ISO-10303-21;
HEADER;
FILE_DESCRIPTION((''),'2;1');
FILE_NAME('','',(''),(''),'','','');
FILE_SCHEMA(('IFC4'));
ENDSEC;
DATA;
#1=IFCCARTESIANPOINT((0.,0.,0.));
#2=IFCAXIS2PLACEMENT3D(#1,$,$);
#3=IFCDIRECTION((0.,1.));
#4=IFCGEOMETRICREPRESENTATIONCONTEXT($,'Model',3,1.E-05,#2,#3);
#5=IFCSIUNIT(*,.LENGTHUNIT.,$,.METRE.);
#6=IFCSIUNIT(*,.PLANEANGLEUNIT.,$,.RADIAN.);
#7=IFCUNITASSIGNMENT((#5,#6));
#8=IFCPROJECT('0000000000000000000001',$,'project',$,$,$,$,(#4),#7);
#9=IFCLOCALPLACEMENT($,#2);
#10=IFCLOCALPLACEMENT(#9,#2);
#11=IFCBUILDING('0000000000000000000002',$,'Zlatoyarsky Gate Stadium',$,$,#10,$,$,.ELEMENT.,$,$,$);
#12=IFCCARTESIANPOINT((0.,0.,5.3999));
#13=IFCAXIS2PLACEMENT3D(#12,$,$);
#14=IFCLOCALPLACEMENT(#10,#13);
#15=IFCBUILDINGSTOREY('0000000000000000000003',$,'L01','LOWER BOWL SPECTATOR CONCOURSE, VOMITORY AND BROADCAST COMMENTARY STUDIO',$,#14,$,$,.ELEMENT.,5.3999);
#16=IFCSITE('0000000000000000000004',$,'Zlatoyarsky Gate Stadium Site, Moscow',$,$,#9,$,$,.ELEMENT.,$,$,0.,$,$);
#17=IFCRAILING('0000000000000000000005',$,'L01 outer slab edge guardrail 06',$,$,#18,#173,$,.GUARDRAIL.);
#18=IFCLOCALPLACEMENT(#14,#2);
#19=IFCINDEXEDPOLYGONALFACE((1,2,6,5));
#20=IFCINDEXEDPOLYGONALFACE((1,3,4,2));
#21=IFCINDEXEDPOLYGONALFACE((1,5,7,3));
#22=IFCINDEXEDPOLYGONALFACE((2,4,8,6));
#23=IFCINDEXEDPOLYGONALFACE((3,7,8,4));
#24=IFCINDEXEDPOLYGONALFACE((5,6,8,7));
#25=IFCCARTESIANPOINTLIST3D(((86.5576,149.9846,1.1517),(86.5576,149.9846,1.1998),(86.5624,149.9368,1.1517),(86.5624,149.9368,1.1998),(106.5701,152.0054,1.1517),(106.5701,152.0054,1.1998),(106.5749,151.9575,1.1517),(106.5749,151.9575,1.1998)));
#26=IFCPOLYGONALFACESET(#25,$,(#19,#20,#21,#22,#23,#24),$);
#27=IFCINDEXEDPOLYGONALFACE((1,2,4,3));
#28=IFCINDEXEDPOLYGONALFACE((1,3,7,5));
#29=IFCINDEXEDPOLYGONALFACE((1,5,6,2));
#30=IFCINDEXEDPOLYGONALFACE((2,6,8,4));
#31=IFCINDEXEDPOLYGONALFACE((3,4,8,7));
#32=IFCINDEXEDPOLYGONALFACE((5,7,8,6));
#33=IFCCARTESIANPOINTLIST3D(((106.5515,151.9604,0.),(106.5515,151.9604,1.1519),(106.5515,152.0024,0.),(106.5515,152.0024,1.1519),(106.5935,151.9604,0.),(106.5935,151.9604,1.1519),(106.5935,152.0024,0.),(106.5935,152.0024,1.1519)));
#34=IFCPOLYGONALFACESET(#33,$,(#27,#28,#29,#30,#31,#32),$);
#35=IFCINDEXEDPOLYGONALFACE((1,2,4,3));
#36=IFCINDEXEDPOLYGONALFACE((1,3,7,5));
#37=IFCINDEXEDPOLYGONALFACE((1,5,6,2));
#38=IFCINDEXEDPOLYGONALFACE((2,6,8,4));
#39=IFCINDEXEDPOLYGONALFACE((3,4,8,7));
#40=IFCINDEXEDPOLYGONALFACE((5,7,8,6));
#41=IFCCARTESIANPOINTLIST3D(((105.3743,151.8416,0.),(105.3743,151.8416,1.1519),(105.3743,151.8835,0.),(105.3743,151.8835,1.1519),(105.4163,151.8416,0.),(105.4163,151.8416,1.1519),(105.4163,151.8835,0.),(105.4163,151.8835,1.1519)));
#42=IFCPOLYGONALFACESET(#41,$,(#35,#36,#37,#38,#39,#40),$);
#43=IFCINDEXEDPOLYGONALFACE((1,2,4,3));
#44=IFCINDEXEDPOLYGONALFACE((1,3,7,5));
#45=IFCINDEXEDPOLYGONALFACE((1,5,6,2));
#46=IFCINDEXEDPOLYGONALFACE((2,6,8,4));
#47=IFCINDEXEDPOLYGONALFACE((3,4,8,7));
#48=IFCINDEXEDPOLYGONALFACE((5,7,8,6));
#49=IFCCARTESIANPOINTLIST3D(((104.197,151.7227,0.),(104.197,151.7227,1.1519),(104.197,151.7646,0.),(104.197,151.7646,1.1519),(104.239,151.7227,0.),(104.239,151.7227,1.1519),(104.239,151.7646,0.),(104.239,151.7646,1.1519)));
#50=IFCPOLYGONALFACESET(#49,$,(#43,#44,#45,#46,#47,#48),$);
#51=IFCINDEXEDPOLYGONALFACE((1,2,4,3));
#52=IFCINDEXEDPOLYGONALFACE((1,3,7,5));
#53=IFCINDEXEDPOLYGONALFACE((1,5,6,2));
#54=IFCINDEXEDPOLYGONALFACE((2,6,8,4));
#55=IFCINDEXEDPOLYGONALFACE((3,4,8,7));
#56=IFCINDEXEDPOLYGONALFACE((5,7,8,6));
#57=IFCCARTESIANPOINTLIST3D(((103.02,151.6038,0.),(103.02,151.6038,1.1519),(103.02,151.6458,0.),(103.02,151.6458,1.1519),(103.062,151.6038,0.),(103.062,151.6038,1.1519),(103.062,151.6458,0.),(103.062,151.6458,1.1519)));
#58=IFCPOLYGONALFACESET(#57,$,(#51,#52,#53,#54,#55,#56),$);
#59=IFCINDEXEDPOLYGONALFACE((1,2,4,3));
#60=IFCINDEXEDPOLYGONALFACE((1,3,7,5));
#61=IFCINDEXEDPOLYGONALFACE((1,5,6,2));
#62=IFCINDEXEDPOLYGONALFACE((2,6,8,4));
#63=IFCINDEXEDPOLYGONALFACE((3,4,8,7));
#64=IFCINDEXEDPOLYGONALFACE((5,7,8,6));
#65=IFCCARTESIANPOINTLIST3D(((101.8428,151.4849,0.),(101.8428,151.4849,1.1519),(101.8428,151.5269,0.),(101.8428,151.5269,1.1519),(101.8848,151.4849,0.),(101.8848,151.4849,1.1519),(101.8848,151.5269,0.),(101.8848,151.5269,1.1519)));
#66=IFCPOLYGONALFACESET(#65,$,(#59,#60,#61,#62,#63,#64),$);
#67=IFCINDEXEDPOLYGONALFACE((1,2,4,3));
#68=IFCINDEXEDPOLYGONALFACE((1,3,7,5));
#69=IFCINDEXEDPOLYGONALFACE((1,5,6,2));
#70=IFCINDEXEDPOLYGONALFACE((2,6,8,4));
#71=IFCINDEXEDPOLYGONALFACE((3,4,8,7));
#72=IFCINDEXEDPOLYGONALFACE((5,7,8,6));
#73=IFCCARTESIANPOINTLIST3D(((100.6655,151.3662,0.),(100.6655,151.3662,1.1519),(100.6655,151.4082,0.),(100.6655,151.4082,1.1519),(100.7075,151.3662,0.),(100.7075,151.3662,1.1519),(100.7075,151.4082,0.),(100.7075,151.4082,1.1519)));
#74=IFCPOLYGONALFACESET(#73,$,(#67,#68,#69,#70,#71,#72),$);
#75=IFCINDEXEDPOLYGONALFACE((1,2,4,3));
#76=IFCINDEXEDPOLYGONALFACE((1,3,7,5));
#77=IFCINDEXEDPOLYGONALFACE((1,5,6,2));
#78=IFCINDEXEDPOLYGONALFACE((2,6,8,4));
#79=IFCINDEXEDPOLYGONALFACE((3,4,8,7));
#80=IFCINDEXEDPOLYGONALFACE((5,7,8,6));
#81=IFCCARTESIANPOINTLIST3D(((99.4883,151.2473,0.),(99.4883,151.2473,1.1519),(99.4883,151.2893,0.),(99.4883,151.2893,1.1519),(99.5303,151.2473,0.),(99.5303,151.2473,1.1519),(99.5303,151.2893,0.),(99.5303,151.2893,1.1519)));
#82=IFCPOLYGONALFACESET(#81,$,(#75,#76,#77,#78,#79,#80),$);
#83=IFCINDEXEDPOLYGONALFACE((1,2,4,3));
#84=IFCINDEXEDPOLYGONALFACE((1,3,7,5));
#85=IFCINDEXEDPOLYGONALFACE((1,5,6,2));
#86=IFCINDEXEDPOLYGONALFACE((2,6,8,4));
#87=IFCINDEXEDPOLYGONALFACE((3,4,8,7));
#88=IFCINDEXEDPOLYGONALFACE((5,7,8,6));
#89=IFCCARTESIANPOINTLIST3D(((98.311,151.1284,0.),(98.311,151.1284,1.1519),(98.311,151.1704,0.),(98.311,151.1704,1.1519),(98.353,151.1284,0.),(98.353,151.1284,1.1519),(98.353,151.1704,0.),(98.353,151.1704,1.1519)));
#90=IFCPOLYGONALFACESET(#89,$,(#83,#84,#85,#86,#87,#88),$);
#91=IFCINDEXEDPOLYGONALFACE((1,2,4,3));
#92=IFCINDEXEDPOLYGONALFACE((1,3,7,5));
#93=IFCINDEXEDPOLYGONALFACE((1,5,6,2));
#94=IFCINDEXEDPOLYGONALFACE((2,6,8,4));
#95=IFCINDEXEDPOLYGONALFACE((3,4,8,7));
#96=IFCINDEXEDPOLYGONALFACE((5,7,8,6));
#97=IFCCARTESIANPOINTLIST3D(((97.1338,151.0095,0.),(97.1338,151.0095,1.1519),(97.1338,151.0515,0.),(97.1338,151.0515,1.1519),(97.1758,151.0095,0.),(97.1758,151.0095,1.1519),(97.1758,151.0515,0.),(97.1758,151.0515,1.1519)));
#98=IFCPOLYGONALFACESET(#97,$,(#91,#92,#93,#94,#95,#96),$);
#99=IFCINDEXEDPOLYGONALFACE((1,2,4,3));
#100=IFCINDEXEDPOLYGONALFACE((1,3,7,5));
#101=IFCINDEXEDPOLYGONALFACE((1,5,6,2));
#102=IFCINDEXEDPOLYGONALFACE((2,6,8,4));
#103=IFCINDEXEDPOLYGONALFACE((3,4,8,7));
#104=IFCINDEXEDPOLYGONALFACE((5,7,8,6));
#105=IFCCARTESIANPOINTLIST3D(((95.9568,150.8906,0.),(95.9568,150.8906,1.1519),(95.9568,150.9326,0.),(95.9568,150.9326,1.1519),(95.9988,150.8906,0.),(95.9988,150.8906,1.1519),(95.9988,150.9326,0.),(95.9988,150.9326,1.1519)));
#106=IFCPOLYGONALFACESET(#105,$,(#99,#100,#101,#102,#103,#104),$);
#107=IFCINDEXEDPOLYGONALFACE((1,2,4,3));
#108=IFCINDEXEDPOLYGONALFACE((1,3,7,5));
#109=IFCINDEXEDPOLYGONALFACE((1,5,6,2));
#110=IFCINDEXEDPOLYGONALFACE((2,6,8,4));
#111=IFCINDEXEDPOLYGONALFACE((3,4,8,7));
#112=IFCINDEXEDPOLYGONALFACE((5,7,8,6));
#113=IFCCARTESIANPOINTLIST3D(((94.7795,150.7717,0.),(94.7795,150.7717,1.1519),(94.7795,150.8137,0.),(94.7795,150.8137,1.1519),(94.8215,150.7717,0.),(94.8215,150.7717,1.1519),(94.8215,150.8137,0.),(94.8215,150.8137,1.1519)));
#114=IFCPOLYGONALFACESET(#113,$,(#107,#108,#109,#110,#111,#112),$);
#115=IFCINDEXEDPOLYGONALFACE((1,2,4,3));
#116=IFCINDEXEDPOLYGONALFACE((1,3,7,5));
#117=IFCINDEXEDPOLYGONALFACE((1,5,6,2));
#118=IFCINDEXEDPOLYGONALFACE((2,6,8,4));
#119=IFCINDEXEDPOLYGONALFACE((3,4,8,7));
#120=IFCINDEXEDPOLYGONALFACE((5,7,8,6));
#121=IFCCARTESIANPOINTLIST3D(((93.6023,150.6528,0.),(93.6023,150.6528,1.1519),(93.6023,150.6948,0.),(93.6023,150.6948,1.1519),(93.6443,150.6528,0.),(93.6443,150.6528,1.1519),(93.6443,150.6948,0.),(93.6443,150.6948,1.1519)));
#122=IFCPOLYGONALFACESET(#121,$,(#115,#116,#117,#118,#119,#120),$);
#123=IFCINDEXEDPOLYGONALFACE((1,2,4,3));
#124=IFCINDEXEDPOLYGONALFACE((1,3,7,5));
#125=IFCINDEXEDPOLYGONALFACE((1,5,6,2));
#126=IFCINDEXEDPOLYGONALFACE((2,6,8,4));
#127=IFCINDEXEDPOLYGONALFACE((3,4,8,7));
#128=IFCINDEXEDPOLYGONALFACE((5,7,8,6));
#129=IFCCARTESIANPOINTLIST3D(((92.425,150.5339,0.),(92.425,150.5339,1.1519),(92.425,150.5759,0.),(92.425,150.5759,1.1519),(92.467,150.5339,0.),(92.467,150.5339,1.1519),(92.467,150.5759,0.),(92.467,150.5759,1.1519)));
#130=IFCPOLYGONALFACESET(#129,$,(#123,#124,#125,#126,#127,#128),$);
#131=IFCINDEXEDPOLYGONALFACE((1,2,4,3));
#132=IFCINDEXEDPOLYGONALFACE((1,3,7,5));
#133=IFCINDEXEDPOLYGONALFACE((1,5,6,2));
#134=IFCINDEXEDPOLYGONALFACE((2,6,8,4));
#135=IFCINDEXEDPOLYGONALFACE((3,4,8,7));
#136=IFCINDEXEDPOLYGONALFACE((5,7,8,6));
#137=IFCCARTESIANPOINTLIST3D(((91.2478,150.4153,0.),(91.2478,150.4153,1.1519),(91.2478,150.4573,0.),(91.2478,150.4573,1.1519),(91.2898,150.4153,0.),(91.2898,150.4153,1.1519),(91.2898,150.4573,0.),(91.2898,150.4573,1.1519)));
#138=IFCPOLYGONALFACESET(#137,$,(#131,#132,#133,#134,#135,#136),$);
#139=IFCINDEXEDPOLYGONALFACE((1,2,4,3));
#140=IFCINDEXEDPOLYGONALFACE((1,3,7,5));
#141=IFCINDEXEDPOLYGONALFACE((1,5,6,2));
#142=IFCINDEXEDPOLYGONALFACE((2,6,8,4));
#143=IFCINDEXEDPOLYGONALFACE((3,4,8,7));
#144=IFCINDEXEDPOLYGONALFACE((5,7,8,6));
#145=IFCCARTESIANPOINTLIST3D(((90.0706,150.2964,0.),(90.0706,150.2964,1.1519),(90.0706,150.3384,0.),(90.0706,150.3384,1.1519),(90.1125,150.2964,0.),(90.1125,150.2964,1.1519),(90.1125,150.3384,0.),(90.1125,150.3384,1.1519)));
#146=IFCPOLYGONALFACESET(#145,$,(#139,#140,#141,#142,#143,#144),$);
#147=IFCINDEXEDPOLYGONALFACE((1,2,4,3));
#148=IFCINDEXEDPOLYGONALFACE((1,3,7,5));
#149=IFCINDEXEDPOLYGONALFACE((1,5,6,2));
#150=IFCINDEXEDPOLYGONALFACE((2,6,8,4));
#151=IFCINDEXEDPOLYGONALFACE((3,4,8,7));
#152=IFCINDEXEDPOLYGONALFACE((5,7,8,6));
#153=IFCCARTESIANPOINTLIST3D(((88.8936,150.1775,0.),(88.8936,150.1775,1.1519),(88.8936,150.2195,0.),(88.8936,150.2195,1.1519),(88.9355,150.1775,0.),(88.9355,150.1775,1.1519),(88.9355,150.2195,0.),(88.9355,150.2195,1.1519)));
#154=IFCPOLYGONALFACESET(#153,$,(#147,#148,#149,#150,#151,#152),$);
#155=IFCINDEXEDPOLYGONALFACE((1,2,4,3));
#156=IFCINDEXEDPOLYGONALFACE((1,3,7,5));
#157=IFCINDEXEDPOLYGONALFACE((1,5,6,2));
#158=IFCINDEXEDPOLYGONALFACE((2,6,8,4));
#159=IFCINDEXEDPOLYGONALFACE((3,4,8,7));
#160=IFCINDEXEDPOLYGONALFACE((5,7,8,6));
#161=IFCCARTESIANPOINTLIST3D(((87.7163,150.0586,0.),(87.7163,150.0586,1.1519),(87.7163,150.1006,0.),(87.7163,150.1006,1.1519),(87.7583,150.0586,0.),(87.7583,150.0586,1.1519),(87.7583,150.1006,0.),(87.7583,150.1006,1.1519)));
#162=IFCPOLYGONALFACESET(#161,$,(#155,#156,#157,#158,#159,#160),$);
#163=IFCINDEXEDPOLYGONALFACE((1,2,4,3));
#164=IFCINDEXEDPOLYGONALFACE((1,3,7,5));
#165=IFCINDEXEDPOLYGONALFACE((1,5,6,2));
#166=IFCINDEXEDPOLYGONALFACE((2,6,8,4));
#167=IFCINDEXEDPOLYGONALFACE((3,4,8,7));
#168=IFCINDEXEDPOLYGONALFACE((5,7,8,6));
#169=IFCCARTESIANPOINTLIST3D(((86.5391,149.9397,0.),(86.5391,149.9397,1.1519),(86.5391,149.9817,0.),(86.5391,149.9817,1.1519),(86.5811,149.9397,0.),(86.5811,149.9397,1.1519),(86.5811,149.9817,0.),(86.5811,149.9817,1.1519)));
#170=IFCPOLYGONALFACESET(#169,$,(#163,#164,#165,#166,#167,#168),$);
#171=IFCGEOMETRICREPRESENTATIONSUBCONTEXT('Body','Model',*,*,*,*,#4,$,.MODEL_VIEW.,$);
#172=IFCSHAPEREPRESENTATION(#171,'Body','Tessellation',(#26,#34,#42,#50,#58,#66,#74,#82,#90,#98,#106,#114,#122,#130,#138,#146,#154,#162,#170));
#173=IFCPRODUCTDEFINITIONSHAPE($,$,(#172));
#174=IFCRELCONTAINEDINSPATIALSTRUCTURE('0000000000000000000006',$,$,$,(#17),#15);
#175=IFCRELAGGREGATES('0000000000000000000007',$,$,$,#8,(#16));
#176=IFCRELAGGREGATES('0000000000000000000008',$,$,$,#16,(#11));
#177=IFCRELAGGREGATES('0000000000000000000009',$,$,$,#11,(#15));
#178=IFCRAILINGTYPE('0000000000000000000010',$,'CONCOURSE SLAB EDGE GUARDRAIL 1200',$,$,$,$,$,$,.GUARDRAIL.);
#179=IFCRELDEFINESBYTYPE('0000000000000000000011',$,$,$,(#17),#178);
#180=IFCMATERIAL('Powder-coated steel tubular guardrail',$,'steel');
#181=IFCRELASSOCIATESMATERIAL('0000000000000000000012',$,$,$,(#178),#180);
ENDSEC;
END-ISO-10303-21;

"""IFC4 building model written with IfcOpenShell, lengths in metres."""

from ifc_helpers import new_model, si_unit, direction, frame, origin, origin_2d, place, context, subcontext, project, spatial, rectangle, extrude, material, type_object, element, save


model = new_model("IFC4")

# Units and contexts
model_context = context("Model", 3, precision=1e-05, world=origin(), true_north=direction((0.0, 1.0)))
body_context = subcontext(model_context, "Body", "Model", "MODEL_VIEW")
ifc_project = project(units=[si_unit("LENGTHUNIT", "METRE"), si_unit("PLANEANGLEUNIT", "RADIAN")], contexts=[model_context])

# Site, building, storey
site_placement = place(None, origin())
site = spatial("IfcSite", under=ifc_project, at=site_placement, Name="Zlatoyarsky Gate Stadium Site, Moscow", CompositionType="ELEMENT", RefElevation=0.0)
building_placement = place(site_placement, origin())
building = spatial("IfcBuilding", under=site, at=building_placement, Name="Zlatoyarsky Gate Stadium", CompositionType="ELEMENT")
storey_placement = place(building_placement, frame((0.0, 0.0, 5.3999)))
storey = spatial("IfcBuildingStorey", under=building, at=storey_placement, Name="L01", Description="LOWER BOWL SPECTATOR CONCOURSE, VOMITORY AND BROADCAST COMMENTARY STUDIO", CompositionType="ELEMENT", Elevation=5.3999)

# Railing
ifc_material_1 = material(Name="Powder-coated steel tubular guardrail", Category="steel")
railing_type = type_object("IfcRailingType", Name="CONCOURSE SLAB EDGE GUARDRAIL 1200", PredefinedType="GUARDRAIL", material=ifc_material_1)
railing_placement = place(storey_placement, frame((106.5725, 151.9814, 0.0)))
element("IfcRailing", 1, at=railing_placement, inside=storey, type_object=railing_type, Name="L01 outer slab edge guardrail 06", PredefinedType="GUARDRAIL", context=body_context, shape_type="SweptSolid", body=[
    extrude(rectangle(XDim=0.0481, YDim=0.0481, at=origin_2d()), frame((0.0, 0.0, 1.1758), z_axis=(-0.994941, -0.100464, 0.0), x_axis=(0.100464, -0.994941, 0.0)), (0.0, 0.0, 1.0), 20.1143),
    extrude(rectangle(XDim=0.042, YDim=0.042, at=origin_2d()), origin(), (0.0, 0.0, 1.0), 1.1519),
    extrude(rectangle(XDim=0.042, YDim=0.042, at=origin_2d()), frame((-1.1772, -0.1189, 0.0)), (0.0, 0.0, 1.0), 1.1519),
    extrude(rectangle(XDim=0.042, YDim=0.042, at=origin_2d()), frame((-2.3545, -0.2378, 0.0)), (0.0, 0.0, 1.0), 1.1519),
    extrude(rectangle(XDim=0.042, YDim=0.042, at=origin_2d()), frame((-3.5315, -0.3567, 0.0)), (0.0, 0.0, 1.0), 1.1519),
    extrude(rectangle(XDim=0.042, YDim=0.042, at=origin_2d()), frame((-4.7087, -0.4756, 0.0)), (0.0, 0.0, 1.0), 1.1519),
    extrude(rectangle(XDim=0.042, YDim=0.042, at=origin_2d()), frame((-5.886, -0.5942, 0.0)), (0.0, 0.0, 1.0), 1.1519),
    extrude(rectangle(XDim=0.042, YDim=0.042, at=origin_2d()), frame((-7.0632, -0.7131, 0.0)), (0.0, 0.0, 1.0), 1.1519),
    extrude(rectangle(XDim=0.042, YDim=0.042, at=origin_2d()), frame((-8.2405, -0.832, 0.0)), (0.0, 0.0, 1.0), 1.1519),
    extrude(rectangle(XDim=0.042, YDim=0.042, at=origin_2d()), frame((-9.4177, -0.9509, 0.0)), (0.0, 0.0, 1.0), 1.1519),
    extrude(rectangle(XDim=0.042, YDim=0.042, at=origin_2d()), frame((-10.5947, -1.0698, 0.0)), (0.0, 0.0, 1.0), 1.1519),
    extrude(rectangle(XDim=0.042, YDim=0.042, at=origin_2d()), frame((-11.772, -1.1887, 0.0)), (0.0, 0.0, 1.0), 1.1519),
    extrude(rectangle(XDim=0.042, YDim=0.042, at=origin_2d()), frame((-12.9492, -1.3076, 0.0)), (0.0, 0.0, 1.0), 1.1519),
    extrude(rectangle(XDim=0.042, YDim=0.042, at=origin_2d()), frame((-14.1265, -1.4265, 0.0)), (0.0, 0.0, 1.0), 1.1519),
    extrude(rectangle(XDim=0.042, YDim=0.042, at=origin_2d()), frame((-15.3037, -1.5452, 0.0)), (0.0, 0.0, 1.0), 1.1519),
    extrude(rectangle(XDim=0.042, YDim=0.042, at=origin_2d()), frame((-16.481, -1.6641, 0.0)), (0.0, 0.0, 1.0), 1.1519),
    extrude(rectangle(XDim=0.042, YDim=0.042, at=origin_2d()), frame((-17.658, -1.783, 0.0)), (0.0, 0.0, 1.0), 1.1519),
    extrude(rectangle(XDim=0.042, YDim=0.042, at=origin_2d()), frame((-18.8352, -1.9019, 0.0)), (0.0, 0.0, 1.0), 1.1519),
    extrude(rectangle(XDim=0.042, YDim=0.042, at=origin_2d()), frame((-20.0125, -2.0208, 0.0)), (0.0, 0.0, 1.0), 1.1519),
])

save(model, "model.ifc")
